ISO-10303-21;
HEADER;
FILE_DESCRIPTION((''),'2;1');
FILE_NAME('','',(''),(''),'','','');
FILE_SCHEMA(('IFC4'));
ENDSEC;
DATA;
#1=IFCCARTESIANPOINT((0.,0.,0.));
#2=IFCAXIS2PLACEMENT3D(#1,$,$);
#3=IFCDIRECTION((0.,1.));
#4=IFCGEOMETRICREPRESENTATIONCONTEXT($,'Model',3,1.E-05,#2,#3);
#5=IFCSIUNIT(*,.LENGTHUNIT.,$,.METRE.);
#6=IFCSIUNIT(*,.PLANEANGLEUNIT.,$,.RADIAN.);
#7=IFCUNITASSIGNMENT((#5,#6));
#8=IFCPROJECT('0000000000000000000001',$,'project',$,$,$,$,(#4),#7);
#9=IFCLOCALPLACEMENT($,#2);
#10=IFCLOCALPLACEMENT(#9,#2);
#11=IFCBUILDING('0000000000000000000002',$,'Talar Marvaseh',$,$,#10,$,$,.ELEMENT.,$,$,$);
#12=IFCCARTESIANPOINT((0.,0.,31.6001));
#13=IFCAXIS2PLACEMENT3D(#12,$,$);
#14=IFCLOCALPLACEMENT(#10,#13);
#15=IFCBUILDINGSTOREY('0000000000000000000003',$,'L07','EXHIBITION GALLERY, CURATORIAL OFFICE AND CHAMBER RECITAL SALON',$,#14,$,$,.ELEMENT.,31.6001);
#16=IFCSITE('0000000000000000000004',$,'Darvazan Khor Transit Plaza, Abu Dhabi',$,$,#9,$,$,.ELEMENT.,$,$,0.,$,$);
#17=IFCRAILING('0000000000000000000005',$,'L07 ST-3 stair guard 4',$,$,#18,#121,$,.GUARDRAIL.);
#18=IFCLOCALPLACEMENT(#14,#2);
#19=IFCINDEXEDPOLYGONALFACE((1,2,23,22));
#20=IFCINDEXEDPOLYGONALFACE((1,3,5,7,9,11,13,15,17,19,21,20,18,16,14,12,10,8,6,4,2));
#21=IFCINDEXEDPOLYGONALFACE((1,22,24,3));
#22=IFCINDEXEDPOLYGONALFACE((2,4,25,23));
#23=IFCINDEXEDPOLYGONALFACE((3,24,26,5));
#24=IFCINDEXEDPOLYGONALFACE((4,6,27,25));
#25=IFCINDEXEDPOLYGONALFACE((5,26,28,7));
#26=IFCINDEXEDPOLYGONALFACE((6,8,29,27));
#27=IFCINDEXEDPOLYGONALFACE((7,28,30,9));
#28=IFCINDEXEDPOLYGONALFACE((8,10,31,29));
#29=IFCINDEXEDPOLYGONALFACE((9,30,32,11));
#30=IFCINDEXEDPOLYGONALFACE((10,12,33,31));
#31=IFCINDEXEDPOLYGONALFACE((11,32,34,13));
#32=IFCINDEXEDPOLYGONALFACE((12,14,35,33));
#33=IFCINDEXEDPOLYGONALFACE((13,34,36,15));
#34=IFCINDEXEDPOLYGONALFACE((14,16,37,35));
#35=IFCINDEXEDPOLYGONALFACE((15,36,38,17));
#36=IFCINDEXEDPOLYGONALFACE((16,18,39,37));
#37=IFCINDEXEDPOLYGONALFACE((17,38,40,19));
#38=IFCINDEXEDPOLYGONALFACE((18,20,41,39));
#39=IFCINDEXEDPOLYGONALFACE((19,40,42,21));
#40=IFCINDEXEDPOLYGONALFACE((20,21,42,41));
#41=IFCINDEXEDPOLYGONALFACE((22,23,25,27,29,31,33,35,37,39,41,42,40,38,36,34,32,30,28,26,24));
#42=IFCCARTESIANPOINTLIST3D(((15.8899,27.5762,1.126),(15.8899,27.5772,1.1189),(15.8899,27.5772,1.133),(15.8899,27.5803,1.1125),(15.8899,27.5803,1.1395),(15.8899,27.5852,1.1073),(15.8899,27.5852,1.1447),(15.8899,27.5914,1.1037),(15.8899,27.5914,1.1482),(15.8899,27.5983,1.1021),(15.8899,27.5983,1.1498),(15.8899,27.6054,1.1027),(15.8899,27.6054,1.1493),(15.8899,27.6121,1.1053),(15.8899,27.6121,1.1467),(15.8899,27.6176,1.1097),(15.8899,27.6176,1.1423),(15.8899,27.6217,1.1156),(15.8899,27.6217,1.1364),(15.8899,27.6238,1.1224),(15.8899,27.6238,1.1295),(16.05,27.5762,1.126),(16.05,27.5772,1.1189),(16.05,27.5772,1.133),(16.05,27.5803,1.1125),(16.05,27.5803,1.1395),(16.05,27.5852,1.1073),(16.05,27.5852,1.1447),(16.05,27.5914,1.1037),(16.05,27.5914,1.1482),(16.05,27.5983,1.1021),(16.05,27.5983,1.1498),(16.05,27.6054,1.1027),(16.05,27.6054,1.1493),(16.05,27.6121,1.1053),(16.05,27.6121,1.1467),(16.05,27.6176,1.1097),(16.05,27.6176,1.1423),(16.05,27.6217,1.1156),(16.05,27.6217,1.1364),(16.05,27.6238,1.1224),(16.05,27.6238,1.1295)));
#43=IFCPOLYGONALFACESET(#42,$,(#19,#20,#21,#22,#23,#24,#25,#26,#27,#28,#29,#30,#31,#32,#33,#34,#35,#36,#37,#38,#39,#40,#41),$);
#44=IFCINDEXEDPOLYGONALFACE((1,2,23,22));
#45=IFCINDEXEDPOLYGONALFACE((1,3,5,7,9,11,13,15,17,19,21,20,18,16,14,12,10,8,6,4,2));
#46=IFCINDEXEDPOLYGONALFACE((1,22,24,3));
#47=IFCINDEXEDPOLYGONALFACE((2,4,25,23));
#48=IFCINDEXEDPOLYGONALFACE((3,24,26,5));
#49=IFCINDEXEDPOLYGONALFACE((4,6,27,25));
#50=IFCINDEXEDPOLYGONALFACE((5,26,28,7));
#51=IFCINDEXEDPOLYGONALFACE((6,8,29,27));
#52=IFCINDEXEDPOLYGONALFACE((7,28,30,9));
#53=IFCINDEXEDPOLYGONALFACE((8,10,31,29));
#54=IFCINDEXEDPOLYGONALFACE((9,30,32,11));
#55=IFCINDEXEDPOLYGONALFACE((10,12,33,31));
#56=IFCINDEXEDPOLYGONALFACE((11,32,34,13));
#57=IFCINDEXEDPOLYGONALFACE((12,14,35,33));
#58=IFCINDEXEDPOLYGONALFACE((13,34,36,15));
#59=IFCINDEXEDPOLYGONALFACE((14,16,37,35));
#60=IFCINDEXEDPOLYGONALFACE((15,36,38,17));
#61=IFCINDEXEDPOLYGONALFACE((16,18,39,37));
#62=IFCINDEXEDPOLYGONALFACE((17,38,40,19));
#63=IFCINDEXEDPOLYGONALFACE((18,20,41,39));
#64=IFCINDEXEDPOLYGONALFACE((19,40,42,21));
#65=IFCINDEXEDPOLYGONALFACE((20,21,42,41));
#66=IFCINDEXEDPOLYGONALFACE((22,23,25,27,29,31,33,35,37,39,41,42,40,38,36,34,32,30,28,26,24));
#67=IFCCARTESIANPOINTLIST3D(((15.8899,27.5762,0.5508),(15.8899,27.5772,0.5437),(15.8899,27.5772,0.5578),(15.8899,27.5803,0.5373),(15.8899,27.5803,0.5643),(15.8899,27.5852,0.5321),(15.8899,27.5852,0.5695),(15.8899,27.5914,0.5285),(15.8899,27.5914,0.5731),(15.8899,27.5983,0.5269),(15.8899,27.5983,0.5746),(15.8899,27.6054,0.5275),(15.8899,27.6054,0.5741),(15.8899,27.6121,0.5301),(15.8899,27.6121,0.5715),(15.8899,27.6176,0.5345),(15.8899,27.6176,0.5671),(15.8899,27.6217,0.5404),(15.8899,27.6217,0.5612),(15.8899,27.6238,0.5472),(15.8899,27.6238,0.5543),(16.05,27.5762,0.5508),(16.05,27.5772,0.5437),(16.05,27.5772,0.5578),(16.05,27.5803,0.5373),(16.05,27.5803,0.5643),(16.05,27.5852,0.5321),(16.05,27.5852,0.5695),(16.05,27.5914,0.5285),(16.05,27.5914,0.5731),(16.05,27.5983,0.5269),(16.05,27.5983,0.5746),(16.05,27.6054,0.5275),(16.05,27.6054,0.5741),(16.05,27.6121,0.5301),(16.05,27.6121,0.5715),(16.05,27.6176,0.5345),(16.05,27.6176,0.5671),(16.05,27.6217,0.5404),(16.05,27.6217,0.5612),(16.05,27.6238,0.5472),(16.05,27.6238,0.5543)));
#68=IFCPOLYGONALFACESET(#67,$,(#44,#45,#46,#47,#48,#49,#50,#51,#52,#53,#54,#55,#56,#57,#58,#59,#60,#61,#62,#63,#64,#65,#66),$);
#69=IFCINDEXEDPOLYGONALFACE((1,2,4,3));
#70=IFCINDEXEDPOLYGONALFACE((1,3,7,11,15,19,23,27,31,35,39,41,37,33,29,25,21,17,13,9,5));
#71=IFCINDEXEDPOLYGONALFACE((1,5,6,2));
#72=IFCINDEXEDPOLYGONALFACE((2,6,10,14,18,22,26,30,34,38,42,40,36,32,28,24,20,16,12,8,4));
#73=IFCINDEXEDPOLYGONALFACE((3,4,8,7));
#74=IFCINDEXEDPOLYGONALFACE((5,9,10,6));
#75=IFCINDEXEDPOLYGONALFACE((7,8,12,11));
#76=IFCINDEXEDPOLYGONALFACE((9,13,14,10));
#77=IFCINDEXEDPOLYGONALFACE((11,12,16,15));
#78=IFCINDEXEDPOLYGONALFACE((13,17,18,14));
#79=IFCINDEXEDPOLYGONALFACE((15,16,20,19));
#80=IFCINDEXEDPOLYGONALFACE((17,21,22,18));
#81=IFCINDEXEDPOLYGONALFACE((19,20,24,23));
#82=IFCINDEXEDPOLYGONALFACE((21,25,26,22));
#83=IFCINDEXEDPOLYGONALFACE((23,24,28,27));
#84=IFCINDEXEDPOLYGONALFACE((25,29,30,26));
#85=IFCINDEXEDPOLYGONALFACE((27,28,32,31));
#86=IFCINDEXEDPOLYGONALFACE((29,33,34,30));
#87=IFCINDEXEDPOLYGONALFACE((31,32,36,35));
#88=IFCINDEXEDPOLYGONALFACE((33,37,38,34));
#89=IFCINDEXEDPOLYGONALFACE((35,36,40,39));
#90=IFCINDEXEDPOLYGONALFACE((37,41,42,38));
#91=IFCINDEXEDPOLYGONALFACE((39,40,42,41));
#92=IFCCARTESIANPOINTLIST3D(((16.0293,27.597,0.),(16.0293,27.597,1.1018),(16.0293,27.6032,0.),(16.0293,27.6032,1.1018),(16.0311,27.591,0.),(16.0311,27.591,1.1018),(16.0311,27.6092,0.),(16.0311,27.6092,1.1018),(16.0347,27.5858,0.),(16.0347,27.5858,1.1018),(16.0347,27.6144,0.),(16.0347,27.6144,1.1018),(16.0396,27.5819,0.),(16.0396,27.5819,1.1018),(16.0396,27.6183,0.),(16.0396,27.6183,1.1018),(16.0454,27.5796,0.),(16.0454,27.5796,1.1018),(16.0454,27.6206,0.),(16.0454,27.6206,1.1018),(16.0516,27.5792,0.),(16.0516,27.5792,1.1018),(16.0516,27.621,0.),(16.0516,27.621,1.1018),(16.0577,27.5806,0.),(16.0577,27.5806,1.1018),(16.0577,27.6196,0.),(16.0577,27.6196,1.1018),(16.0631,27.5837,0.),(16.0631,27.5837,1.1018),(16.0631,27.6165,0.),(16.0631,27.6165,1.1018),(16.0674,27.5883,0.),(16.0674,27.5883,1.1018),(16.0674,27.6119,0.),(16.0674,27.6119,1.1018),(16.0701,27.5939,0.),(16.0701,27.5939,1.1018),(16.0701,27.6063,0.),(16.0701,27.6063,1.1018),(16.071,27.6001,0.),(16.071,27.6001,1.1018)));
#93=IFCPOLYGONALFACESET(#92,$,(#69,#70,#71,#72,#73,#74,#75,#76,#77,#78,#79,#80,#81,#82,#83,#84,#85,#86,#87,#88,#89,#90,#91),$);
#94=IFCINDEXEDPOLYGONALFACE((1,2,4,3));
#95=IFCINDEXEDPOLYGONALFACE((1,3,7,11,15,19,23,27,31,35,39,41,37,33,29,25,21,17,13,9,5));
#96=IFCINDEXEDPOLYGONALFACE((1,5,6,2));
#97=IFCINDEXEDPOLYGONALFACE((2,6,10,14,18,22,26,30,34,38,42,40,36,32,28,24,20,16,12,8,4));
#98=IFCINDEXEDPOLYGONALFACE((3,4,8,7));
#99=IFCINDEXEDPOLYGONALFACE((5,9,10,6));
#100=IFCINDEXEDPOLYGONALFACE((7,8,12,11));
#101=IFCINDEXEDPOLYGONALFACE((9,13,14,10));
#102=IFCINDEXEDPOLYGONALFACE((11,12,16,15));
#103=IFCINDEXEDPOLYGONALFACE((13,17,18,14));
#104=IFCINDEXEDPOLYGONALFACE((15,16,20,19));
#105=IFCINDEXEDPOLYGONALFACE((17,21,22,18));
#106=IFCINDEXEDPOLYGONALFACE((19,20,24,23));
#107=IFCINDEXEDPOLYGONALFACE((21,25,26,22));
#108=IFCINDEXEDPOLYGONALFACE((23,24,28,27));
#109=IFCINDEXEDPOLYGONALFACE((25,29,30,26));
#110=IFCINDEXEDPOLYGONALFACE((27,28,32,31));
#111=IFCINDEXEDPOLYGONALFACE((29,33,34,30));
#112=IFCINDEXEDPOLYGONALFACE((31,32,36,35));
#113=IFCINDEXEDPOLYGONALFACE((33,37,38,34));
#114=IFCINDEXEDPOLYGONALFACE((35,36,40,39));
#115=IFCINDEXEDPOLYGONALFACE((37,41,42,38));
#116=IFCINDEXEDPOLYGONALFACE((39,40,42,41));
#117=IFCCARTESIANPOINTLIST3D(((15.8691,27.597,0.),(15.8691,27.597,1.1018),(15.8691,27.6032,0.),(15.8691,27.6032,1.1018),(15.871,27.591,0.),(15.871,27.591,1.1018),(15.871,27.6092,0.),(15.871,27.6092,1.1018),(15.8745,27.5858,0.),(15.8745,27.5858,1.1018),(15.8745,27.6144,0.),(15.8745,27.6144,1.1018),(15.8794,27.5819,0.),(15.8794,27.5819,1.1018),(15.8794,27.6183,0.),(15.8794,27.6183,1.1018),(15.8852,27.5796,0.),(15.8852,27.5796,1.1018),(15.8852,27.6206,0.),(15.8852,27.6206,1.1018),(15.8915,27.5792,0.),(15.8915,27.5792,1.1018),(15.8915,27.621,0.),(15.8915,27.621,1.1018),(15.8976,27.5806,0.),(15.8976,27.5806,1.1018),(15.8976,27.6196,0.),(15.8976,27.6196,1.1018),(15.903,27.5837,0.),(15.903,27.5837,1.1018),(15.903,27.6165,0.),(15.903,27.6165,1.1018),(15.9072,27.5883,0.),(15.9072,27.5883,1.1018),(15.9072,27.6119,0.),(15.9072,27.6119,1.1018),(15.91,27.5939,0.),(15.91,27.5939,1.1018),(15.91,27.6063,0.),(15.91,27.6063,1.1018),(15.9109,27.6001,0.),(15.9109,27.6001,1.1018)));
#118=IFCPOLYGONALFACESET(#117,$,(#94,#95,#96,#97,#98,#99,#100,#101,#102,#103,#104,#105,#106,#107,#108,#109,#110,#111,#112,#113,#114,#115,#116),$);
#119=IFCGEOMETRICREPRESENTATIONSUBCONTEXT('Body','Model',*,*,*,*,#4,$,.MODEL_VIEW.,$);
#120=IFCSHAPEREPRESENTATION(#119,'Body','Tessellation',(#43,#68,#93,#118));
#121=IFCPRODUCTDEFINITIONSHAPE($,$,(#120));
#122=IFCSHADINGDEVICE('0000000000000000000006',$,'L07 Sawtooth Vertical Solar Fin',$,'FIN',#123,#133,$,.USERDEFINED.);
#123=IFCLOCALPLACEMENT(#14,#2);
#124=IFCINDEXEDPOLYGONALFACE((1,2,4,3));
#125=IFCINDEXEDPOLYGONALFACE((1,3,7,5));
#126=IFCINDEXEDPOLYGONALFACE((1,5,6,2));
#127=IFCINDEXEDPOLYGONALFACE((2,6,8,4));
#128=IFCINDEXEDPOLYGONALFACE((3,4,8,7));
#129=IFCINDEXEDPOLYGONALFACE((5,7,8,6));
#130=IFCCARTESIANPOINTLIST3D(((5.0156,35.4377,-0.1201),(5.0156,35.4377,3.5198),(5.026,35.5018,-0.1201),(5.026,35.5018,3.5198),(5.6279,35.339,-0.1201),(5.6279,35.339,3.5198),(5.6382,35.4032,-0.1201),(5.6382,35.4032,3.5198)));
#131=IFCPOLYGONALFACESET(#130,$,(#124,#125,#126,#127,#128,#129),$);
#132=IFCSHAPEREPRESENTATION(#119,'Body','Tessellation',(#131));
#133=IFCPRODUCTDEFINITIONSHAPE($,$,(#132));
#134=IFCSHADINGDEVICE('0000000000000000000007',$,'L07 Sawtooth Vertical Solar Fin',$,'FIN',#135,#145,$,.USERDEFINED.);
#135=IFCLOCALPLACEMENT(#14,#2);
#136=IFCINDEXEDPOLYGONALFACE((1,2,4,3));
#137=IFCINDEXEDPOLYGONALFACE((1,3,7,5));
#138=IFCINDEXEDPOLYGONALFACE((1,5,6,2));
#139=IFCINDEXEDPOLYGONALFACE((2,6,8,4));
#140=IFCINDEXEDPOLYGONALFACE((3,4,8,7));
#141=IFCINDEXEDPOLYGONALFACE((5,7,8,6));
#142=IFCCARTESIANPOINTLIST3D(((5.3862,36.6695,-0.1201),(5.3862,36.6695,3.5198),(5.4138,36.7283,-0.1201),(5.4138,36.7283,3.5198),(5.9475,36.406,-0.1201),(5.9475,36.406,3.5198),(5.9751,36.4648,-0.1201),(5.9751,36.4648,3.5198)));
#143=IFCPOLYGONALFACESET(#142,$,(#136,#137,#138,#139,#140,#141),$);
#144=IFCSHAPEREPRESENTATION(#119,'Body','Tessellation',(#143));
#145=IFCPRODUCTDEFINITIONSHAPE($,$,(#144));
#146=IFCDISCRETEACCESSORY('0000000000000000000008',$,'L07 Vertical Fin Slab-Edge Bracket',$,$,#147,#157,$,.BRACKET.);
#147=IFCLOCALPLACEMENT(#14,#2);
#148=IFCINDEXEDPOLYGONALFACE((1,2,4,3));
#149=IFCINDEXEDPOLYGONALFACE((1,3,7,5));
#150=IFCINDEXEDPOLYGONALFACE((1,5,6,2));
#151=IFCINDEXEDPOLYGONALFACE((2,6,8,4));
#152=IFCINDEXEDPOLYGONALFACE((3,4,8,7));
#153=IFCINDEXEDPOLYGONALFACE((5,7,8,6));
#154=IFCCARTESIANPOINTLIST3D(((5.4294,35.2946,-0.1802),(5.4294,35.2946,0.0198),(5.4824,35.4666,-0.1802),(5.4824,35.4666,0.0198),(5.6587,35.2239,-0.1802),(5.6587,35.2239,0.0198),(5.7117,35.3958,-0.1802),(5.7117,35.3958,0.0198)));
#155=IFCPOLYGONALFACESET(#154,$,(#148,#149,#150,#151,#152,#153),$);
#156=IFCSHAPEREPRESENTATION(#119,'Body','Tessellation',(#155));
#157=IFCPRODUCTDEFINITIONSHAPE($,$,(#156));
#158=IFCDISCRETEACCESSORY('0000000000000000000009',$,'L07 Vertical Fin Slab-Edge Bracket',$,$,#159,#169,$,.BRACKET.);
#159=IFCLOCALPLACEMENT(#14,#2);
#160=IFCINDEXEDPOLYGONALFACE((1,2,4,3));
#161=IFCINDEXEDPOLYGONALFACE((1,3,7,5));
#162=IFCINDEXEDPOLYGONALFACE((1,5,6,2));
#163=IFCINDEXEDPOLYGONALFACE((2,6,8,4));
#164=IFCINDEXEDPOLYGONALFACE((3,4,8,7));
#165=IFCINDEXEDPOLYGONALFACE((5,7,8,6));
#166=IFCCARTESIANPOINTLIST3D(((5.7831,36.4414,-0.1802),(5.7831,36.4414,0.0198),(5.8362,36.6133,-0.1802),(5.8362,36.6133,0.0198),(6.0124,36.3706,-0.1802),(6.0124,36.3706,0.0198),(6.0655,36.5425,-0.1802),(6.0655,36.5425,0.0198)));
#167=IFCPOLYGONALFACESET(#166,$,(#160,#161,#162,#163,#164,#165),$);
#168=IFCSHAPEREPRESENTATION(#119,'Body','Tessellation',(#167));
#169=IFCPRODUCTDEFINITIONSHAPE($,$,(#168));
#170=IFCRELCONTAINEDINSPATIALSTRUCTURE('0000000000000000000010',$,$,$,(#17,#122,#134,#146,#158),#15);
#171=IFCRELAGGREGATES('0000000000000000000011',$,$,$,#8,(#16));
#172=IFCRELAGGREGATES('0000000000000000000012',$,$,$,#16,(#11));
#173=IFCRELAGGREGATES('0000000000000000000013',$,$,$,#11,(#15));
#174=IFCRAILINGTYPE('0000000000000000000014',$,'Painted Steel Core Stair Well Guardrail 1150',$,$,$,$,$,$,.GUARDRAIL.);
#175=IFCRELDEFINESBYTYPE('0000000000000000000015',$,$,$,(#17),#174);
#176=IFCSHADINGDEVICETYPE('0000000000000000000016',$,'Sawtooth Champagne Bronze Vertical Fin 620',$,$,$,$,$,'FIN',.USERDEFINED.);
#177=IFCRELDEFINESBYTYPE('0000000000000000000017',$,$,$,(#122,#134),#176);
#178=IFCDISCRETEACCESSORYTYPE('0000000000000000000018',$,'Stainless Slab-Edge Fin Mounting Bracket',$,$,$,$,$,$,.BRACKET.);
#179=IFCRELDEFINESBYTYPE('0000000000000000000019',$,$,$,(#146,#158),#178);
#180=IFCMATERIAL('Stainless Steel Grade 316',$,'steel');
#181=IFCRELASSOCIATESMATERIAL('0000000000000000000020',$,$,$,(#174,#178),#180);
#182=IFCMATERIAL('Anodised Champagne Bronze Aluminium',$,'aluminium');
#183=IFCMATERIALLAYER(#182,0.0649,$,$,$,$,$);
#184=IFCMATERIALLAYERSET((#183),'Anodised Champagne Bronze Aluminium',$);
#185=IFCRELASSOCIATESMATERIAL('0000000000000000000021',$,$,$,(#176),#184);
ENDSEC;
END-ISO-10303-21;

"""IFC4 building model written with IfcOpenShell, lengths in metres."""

from ifc_helpers import new_model, si_unit, direction, frame, origin, origin_2d, place, context, subcontext, project, spatial, rectangle, circle, extrude, source, transform, mapped, material, layer, layer_set, type_object, type_shapes, element, save


model = new_model("IFC4")

# Units and contexts
model_context = context("Model", 3, precision=1e-05, world=origin(), true_north=direction((0.0, 1.0)))
body_context = subcontext(model_context, "Body", "Model", "MODEL_VIEW")
ifc_project = project(units=[si_unit("LENGTHUNIT", "METRE"), si_unit("PLANEANGLEUNIT", "RADIAN")], contexts=[model_context])

# Site, building, storey
site_placement = place(None, origin())
site = spatial("IfcSite", under=ifc_project, at=site_placement, Name="Darvazan Khor Transit Plaza, Abu Dhabi", CompositionType="ELEMENT", RefElevation=0.0)
building_placement = place(site_placement, origin())
building = spatial("IfcBuilding", under=site, at=building_placement, Name="Talar Marvaseh", CompositionType="ELEMENT")
storey_placement = place(building_placement, frame((0.0, 0.0, 31.6001)))
storey = spatial("IfcBuildingStorey", under=building, at=storey_placement, Name="L07", Description="EXHIBITION GALLERY, CURATORIAL OFFICE AND CHAMBER RECITAL SALON", CompositionType="ELEMENT", Elevation=31.6001)

# Railing
ifc_material_1 = material(Name="Stainless Steel Grade 316", Category="steel")
railing_type_1 = type_object("IfcRailingType", Name="Painted Steel Core Stair Well Guardrail 1150", PredefinedType="GUARDRAIL", material=ifc_material_1)
railing_1_placement = place(storey_placement, frame((16.05, 27.6001, 0.0)))
element("IfcRailing", 1, at=railing_1_placement, inside=storey, type_object=railing_type_1, Name="L07 ST-3 stair guard 4", PredefinedType="GUARDRAIL", context=body_context, shape_type="SweptSolid", body=[
    extrude(circle(Radius=0.0239, at=origin_2d()), frame((0.0, 0.0, 1.126), z_axis=(-1.0, 0.0, 0.0), x_axis=(0.0, -1.0, 0.0)), (0.0, 0.0, 1.0), 0.1602),
    extrude(circle(Radius=0.0239, at=origin_2d()), frame((0.0, 0.0, 0.5508), z_axis=(-1.0, 0.0, 0.0), x_axis=(0.0, -1.0, 0.0)), (0.0, 0.0, 1.0), 0.1602),
    extrude(circle(Radius=0.021, at=origin_2d()), origin(), (0.0, 0.0, 1.0), 1.1018),
    extrude(circle(Radius=0.021, at=origin_2d()), frame((-0.1602, 0.0, 0.0)), (0.0, 0.0, 1.0), 1.1018),
])

# Shading devices
ifc_material_2 = material(Name="Anodised Champagne Bronze Aluminium", Category="aluminium")
ifc_layer_1 = layer(ifc_material_2, 0.0649)
ifc_layer_set_1 = layer_set([ifc_layer_1], Name="Anodised Champagne Bronze Aluminium")
shading_device_type = type_object("IfcShadingDeviceType", Name="Sawtooth Champagne Bronze Vertical Fin 620", ElementType="FIN", PredefinedType="USERDEFINED", material=ifc_layer_set_1)
shared_shape_1 = source(origin(), body_context, "Body", "SweptSolid", [
    extrude(rectangle(XDim=0.6201, YDim=0.0649, at=origin_2d()), origin(), (0.0, 0.0, 1.0), 3.6399),
])
type_shapes(shading_device_type, [shared_shape_1])
for number, where, z_axis, x_axis, name in (
    (2, (5.3269, 35.4204, -0.1201), (0.0, 0.0, 1.0), (-0.987275, 0.15902, 0.0), "L07 Sawtooth Vertical Solar Fin"),
    (3, (5.6807, 36.5671, -0.1201), (0.0, 0.0, 1.0), (-0.905198, 0.42499, 0.0), "L07 Sawtooth Vertical Solar Fin"),
):
    element("IfcShadingDevice", number, at=place(storey_placement, frame(where, z_axis=z_axis, x_axis=x_axis)), inside=storey, type_object=shading_device_type, Name=name, ObjectType="FIN", PredefinedType="USERDEFINED", context=body_context, shape_type="MappedRepresentation", body=[
        mapped(shared_shape_1, transform((0.0, 0.0, 0.0), x_axis=(1.0, 0.0, 0.0), y_axis=(0.0, 1.0, 0.0), z_axis=(0.0, 0.0, 1.0), scale=1.0)),
    ])

# Discrete accessories
discrete_accessory_type = type_object("IfcDiscreteAccessoryType", Name="Stainless Slab-Edge Fin Mounting Bracket", PredefinedType="BRACKET", material=ifc_material_1)
shared_shape_2 = source(origin(), body_context, "Body", "SweptSolid", [
    extrude(rectangle(XDim=0.24, YDim=0.1799, at=origin_2d()), origin(), (0.0, 0.0, 1.0), 0.2),
])
type_shapes(discrete_accessory_type, [shared_shape_2])
for number, where, z_axis, x_axis, name in (
    (4, (5.5706, 35.3452, -0.1802), (0.0, 0.0, 1.0), (-0.955536, 0.294874, 0.0), "L07 Vertical Fin Slab-Edge Bracket"),
    (5, (5.9243, 36.4919, -0.1802), (0.0, 0.0, 1.0), (-0.955536, 0.294874, 0.0), "L07 Vertical Fin Slab-Edge Bracket"),
):
    element("IfcDiscreteAccessory", number, at=place(storey_placement, frame(where, z_axis=z_axis, x_axis=x_axis)), inside=storey, type_object=discrete_accessory_type, Name=name, PredefinedType="BRACKET", context=body_context, shape_type="MappedRepresentation", body=[
        mapped(shared_shape_2, transform((0.0, 0.0, 0.0), x_axis=(1.0, 0.0, 0.0), y_axis=(0.0, 1.0, 0.0), z_axis=(0.0, 0.0, 1.0), scale=1.0)),
    ])

save(model, "model.ifc")
